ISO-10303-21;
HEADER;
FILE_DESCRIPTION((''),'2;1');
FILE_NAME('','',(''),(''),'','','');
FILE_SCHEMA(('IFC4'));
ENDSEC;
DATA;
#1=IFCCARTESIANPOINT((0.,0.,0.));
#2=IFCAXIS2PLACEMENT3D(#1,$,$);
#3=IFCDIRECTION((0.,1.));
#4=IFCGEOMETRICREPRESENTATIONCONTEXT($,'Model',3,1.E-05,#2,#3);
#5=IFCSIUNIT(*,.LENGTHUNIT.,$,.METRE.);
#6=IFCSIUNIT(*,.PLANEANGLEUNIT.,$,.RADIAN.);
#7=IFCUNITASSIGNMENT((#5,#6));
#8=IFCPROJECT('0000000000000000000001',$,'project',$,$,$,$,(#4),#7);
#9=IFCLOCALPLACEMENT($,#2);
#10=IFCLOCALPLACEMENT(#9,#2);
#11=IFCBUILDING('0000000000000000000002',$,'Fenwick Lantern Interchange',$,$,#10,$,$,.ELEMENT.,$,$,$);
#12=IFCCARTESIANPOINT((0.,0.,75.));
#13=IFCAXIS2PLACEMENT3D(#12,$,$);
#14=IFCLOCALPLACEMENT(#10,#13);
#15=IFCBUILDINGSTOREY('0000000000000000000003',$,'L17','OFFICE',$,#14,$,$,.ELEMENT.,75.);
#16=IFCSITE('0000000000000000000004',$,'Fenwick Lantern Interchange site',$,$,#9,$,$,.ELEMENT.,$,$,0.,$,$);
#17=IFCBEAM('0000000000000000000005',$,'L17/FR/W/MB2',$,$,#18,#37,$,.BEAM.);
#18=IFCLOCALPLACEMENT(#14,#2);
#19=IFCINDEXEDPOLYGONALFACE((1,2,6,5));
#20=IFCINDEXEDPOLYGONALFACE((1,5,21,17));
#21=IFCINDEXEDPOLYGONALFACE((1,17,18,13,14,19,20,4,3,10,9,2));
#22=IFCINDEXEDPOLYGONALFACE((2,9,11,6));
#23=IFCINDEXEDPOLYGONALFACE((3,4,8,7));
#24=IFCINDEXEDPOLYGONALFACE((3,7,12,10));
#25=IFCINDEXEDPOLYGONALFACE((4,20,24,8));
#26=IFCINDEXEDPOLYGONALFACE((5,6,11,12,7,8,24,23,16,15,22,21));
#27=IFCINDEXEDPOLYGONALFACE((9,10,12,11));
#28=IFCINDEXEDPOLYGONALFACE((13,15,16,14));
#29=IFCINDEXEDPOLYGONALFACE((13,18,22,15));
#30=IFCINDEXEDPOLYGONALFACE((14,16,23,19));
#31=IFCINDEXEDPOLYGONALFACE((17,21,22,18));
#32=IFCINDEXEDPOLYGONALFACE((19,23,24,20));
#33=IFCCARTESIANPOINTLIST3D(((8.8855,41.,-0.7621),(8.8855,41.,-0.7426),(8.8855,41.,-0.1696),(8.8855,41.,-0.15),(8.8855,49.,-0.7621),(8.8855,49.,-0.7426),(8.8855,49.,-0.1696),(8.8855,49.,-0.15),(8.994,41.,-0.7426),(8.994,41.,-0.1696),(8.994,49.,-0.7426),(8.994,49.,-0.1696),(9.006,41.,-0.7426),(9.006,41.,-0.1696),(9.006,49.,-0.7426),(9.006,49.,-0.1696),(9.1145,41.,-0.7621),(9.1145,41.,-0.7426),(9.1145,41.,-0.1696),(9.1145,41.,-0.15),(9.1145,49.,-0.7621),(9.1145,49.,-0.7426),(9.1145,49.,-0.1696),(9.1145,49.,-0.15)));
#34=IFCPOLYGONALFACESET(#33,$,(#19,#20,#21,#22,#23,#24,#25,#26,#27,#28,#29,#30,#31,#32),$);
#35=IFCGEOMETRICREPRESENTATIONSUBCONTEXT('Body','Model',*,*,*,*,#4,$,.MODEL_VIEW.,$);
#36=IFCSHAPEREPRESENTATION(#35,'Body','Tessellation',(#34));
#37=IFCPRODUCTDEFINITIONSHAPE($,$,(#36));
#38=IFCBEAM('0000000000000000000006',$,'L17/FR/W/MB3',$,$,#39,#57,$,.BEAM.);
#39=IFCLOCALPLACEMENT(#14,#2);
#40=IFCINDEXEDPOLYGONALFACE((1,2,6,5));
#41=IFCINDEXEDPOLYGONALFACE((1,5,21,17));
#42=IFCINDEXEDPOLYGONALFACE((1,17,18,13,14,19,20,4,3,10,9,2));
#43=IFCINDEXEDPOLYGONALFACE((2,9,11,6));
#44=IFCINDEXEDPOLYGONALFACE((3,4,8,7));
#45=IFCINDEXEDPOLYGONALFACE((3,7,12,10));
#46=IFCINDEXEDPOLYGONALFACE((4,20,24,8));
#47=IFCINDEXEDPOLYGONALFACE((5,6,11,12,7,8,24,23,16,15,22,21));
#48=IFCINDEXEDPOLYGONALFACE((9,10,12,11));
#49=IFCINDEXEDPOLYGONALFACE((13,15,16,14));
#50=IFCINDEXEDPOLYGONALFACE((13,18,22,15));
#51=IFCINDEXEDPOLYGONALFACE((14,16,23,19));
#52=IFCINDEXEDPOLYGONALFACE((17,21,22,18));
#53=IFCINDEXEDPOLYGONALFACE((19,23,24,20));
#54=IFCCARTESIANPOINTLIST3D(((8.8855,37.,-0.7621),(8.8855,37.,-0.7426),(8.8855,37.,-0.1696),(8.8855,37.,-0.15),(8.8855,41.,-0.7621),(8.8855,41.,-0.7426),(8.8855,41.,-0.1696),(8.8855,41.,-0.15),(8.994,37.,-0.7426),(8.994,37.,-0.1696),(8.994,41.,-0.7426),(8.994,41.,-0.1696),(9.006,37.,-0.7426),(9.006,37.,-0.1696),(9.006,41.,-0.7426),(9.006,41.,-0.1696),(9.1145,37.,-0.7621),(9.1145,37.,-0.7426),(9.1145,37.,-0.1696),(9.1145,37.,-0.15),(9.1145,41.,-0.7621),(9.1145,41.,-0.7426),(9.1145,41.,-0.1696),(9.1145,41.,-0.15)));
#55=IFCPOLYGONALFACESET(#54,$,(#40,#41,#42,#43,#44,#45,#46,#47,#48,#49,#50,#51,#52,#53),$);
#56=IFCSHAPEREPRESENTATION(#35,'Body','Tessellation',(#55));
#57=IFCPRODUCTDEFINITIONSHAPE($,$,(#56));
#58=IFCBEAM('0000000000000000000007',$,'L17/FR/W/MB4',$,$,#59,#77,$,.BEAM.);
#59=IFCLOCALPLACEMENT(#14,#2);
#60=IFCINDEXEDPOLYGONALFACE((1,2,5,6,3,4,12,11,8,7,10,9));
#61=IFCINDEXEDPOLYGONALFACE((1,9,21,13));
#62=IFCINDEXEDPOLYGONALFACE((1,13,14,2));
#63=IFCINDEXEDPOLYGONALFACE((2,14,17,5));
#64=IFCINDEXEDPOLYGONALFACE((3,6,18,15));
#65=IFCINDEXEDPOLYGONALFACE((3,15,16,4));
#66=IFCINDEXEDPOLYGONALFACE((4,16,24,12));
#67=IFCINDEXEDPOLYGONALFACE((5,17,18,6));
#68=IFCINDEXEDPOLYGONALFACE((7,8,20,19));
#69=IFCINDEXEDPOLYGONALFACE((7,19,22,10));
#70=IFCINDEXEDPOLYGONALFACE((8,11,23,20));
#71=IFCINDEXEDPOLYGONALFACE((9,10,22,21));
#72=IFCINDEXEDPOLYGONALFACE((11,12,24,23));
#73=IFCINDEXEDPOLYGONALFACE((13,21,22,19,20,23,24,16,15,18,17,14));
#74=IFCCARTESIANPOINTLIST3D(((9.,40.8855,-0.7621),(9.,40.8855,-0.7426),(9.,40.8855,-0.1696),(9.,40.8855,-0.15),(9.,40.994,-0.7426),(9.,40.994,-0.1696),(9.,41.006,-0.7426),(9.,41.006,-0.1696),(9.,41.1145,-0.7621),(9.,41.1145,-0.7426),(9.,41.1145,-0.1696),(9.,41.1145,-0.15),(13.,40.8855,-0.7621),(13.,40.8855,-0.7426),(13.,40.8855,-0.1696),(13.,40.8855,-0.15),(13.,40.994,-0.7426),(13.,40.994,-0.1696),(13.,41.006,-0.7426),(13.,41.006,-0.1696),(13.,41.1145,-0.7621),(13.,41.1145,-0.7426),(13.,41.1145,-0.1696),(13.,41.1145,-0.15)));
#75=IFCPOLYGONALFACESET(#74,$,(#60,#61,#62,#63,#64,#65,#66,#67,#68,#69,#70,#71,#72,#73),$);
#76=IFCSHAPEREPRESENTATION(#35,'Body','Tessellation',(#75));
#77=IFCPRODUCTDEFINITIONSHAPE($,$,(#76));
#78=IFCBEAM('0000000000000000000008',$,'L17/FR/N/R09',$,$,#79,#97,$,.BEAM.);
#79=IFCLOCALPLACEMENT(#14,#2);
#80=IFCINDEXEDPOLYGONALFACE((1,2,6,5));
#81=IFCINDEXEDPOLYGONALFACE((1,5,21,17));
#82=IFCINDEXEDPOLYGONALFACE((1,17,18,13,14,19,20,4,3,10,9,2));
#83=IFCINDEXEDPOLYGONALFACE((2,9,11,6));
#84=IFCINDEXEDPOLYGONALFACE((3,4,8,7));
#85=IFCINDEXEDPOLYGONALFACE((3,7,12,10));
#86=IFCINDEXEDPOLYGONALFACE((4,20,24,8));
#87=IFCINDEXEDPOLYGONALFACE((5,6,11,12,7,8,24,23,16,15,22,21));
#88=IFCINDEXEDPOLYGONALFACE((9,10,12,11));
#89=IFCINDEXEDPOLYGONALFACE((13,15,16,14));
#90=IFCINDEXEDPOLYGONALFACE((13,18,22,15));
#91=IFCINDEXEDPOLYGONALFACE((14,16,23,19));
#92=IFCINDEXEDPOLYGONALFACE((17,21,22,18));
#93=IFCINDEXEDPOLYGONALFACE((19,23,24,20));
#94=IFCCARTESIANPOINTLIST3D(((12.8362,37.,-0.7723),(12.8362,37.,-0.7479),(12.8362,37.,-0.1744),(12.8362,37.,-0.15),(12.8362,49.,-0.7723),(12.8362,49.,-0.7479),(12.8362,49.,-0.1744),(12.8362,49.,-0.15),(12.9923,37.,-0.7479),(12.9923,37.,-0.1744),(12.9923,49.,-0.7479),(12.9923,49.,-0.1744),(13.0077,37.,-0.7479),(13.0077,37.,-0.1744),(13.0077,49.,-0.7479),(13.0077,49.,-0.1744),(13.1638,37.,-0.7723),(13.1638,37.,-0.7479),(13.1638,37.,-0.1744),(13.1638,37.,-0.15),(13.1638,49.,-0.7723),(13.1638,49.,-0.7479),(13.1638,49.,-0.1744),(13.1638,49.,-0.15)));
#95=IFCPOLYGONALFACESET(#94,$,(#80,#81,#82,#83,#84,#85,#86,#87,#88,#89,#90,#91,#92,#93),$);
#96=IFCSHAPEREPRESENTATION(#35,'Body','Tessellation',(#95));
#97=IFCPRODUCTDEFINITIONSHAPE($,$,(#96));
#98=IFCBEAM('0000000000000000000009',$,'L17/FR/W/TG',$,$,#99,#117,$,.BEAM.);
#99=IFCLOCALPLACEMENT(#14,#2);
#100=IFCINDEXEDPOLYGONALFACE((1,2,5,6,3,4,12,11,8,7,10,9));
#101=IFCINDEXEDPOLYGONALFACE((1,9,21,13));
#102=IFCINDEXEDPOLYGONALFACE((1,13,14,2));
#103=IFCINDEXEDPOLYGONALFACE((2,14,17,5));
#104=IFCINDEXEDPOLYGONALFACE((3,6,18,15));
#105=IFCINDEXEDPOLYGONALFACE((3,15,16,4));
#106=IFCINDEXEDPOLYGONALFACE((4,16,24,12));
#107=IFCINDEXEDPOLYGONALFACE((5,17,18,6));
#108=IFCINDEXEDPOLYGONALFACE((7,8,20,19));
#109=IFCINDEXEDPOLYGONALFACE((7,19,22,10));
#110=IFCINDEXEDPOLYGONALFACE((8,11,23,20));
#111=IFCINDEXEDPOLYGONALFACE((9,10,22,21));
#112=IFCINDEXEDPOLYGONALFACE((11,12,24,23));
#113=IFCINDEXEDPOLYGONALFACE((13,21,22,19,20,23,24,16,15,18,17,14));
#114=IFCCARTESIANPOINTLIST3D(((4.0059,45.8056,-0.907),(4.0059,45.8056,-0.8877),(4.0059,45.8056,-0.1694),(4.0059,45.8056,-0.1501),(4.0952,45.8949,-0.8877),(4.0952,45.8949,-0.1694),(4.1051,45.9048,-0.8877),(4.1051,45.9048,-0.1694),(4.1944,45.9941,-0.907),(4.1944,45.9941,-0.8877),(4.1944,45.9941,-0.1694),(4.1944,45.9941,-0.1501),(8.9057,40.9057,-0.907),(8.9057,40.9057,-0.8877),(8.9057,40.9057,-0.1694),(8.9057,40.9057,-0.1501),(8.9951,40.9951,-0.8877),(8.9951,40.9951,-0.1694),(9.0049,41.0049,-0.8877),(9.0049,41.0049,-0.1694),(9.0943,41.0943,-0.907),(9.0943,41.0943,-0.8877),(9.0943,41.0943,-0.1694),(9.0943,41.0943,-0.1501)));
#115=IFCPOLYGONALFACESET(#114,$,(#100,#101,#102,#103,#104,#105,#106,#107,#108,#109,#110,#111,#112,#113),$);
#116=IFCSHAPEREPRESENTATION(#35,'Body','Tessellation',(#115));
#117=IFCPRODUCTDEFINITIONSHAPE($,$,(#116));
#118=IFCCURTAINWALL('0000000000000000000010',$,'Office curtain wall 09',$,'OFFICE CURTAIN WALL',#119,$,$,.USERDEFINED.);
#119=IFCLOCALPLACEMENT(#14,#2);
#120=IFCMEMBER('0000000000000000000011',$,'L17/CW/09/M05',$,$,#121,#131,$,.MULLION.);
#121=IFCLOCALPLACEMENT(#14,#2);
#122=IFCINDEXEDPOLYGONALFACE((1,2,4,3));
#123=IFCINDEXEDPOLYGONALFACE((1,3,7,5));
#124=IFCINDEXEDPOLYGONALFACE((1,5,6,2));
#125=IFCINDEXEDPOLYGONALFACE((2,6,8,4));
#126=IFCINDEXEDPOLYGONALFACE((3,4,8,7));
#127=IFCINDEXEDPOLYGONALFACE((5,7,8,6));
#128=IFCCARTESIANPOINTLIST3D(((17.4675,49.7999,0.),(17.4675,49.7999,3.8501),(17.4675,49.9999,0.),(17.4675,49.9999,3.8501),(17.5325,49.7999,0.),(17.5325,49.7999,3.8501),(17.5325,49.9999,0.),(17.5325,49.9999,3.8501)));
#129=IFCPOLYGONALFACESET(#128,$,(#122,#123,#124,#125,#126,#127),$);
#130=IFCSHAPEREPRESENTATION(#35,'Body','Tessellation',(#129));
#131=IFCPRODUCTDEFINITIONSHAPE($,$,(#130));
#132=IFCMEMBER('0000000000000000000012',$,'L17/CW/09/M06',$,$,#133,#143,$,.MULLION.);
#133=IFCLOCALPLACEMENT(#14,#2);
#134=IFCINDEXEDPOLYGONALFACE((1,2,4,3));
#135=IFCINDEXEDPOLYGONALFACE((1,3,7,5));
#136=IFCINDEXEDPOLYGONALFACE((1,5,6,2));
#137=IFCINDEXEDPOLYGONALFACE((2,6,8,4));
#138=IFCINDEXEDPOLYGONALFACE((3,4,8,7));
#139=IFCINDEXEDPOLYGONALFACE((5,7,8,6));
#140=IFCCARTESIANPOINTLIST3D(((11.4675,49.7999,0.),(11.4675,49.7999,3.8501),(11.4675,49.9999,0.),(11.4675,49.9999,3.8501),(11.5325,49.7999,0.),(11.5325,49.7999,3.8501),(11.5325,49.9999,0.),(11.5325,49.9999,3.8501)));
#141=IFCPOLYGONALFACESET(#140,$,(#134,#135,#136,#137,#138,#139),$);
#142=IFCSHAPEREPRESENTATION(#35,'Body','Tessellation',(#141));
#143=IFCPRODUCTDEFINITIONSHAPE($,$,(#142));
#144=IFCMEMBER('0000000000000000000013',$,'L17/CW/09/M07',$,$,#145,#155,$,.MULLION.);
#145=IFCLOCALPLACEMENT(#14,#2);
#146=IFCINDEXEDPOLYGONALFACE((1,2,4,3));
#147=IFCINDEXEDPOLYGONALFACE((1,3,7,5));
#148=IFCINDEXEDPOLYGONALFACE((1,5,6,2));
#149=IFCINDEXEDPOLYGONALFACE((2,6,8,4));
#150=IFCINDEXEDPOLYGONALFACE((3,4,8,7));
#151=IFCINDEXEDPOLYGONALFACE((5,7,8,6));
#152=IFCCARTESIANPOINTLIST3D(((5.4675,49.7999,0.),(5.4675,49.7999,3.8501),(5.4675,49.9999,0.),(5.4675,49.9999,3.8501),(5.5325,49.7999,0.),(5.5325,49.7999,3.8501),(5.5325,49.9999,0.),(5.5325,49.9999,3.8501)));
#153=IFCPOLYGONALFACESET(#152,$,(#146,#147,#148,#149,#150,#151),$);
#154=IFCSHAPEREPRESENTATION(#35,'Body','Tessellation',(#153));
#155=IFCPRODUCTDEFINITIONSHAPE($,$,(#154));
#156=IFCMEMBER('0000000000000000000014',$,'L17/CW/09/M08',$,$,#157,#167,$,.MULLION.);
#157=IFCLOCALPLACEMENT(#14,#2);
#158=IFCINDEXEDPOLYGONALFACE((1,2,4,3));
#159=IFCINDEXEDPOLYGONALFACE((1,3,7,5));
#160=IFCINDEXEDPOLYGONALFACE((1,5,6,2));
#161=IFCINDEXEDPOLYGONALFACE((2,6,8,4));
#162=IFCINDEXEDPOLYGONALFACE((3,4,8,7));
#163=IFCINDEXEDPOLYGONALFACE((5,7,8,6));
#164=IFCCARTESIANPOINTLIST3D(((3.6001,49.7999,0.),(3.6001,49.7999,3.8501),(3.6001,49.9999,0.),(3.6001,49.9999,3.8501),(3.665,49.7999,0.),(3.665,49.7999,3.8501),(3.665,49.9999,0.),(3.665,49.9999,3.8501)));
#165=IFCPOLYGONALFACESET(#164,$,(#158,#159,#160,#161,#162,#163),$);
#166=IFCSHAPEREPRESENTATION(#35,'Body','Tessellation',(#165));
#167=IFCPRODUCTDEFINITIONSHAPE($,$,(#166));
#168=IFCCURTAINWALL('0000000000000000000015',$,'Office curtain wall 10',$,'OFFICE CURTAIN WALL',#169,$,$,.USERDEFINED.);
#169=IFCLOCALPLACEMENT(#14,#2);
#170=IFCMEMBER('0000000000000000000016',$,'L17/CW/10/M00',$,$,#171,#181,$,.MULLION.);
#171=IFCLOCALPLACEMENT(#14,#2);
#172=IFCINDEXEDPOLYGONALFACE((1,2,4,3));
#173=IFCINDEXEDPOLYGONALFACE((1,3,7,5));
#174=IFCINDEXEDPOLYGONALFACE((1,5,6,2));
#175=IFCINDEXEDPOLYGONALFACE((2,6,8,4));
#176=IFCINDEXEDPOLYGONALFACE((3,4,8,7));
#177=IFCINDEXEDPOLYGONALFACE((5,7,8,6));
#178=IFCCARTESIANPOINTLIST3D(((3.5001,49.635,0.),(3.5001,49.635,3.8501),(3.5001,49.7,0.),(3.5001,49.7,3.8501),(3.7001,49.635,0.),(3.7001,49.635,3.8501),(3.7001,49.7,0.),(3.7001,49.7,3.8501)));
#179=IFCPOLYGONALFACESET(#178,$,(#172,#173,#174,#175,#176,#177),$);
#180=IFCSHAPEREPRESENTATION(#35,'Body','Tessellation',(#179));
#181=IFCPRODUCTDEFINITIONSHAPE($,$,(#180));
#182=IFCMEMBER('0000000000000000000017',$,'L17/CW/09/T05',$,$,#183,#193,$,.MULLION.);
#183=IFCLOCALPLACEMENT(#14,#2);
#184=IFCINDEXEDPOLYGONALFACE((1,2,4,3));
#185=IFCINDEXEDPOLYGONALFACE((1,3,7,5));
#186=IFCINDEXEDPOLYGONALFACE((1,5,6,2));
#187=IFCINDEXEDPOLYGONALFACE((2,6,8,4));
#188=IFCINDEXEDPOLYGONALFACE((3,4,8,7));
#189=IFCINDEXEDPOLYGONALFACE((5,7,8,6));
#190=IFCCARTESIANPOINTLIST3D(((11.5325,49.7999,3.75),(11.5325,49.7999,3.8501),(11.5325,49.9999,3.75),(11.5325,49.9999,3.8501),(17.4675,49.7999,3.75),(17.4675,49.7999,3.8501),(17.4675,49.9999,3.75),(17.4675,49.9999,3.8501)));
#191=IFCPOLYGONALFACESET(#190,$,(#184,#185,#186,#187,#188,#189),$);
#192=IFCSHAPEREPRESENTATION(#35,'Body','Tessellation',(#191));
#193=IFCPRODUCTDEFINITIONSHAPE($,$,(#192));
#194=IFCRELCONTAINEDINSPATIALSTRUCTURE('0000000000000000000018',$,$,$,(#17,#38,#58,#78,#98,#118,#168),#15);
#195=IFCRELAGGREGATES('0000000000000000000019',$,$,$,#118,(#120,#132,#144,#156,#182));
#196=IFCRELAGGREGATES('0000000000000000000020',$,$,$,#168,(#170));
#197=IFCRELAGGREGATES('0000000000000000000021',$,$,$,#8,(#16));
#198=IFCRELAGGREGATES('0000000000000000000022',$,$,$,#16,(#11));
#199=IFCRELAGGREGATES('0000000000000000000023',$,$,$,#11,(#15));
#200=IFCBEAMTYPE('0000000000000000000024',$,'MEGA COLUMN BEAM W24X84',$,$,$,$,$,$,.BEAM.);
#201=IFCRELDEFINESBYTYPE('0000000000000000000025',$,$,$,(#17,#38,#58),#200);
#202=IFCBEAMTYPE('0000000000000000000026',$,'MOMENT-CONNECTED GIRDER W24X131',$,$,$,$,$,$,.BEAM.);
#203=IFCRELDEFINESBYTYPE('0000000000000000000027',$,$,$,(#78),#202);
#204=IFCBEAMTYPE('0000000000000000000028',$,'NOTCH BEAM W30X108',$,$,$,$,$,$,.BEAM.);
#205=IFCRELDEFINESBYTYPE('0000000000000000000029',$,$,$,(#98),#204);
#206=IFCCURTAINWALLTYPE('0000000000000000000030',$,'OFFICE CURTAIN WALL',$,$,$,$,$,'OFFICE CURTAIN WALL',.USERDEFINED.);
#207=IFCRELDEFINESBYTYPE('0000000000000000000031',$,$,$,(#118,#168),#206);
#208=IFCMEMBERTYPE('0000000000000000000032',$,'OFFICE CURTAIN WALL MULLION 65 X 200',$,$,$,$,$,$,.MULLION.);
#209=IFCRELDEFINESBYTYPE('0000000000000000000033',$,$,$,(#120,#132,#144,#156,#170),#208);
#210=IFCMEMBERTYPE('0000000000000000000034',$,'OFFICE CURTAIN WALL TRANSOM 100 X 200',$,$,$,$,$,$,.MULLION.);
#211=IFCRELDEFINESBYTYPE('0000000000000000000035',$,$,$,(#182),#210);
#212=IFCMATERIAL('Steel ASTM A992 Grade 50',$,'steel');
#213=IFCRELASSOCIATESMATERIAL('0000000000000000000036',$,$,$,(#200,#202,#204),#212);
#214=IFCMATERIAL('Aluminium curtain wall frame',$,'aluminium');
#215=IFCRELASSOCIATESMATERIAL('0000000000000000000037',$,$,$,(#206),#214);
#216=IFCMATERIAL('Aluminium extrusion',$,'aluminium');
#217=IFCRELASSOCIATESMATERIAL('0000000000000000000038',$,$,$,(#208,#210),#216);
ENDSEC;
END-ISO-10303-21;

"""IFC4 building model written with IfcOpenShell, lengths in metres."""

from ifc_helpers import new_model, si_unit, direction, frame, origin, origin_2d, place, context, subcontext, project, spatial, rectangle, i_section, extrude, material, material_profile, profile_set, type_object, element, aggregate, save


model = new_model("IFC4")

# Units and contexts
model_context = context("Model", 3, precision=1e-05, world=origin(), true_north=direction((0.0, 1.0)))
body_context = subcontext(model_context, "Body", "Model", "MODEL_VIEW")
ifc_project = project(units=[si_unit("LENGTHUNIT", "METRE"), si_unit("PLANEANGLEUNIT", "RADIAN")], contexts=[model_context])

# Site, building, storey
site_placement = place(None, origin())
site = spatial("IfcSite", under=ifc_project, at=site_placement, Name="Fenwick Lantern Interchange site", CompositionType="ELEMENT", RefElevation=0.0)
building_placement = place(site_placement, origin())
building = spatial("IfcBuilding", under=site, at=building_placement, Name="Fenwick Lantern Interchange", CompositionType="ELEMENT")
storey_placement = place(building_placement, frame((0.0, 0.0, 75.0)))
storey = spatial("IfcBuildingStorey", under=building, at=storey_placement, Name="L17", Description="OFFICE", CompositionType="ELEMENT", Elevation=75.0)

# Beams
ifc_material_1 = material(Name="Steel ASTM A992 Grade 50", Category="steel")
ifc_material_profile_1 = material_profile(ifc_material_1, i_section(OverallWidth=0.229, OverallDepth=0.6121, WebThickness=0.012, FlangeThickness=0.0195, at=origin_2d()), Name="W24X84")
ifc_profile_set_1 = profile_set([ifc_material_profile_1], Name="Steel ASTM A992 Grade 50")
beam_type_1 = type_object("IfcBeamType", Name="MEGA COLUMN BEAM W24X84", PredefinedType="BEAM", material=ifc_profile_set_1)
for number, where, z_axis, x_axis, name in (
    (1, (9.0, 41.0, -0.4561), (0.0, 1.0, 0.0), (-1.0, 0.0, 0.0), "L17/FR/W/MB2"),
):
    element("IfcBeam", number, at=place(storey_placement, frame(where, z_axis=z_axis, x_axis=x_axis)), inside=storey, type_object=beam_type_1, Name=name, PredefinedType="BEAM", context=body_context, shape_type="SweptSolid", body=[
        extrude(i_section(OverallWidth=0.229, OverallDepth=0.6121, WebThickness=0.012, FlangeThickness=0.0195, at=origin_2d()), origin(), (0.0, 0.0, 1.0), 8.0),
    ])
for number, where, z_axis, x_axis, name in (
    (2, (9.0, 41.0, -0.4561), (0.0, -1.0, 0.0), (1.0, 0.0, 0.0), "L17/FR/W/MB3"),
    (3, (9.0, 41.0, -0.4561), (1.0, 0.0, 0.0), (0.0, 1.0, 0.0), "L17/FR/W/MB4"),
):
    element("IfcBeam", number, at=place(storey_placement, frame(where, z_axis=z_axis, x_axis=x_axis)), inside=storey, type_object=beam_type_1, Name=name, PredefinedType="BEAM", context=body_context, shape_type="SweptSolid", body=[
        extrude(i_section(OverallWidth=0.229, OverallDepth=0.6121, WebThickness=0.012, FlangeThickness=0.0195, at=origin_2d()), origin(), (0.0, 0.0, 1.0), 4.0),
    ])
ifc_material_profile_2 = material_profile(ifc_material_1, i_section(OverallWidth=0.3276, OverallDepth=0.6223, WebThickness=0.0154, FlangeThickness=0.0244, at=origin_2d()), Name="W24X131")
ifc_profile_set_2 = profile_set([ifc_material_profile_2], Name="Steel ASTM A992 Grade 50")
beam_type_2 = type_object("IfcBeamType", Name="MOMENT-CONNECTED GIRDER W24X131", PredefinedType="BEAM", material=ifc_profile_set_2)
beam_1_placement = place(storey_placement, frame((13.0, 49.0, -0.4612), z_axis=(0.0, -1.0, 0.0), x_axis=(1.0, 0.0, 0.0)))
element("IfcBeam", 4, at=beam_1_placement, inside=storey, type_object=beam_type_2, Name="L17/FR/N/R09", PredefinedType="BEAM", context=body_context, shape_type="SweptSolid", body=[
    extrude(i_section(OverallWidth=0.3276, OverallDepth=0.6223, WebThickness=0.0154, FlangeThickness=0.0244, at=origin_2d()), origin(), (0.0, 0.0, 1.0), 12.0),
])
ifc_material_profile_3 = material_profile(ifc_material_1, i_section(OverallWidth=0.2666, OverallDepth=0.7568, WebThickness=0.0139, FlangeThickness=0.0193, at=origin_2d()), Name="W30X108")
ifc_profile_set_3 = profile_set([ifc_material_profile_3], Name="Steel ASTM A992 Grade 50")
beam_type_3 = type_object("IfcBeamType", Name="NOTCH BEAM W30X108", PredefinedType="BEAM", material=ifc_profile_set_3)
beam_2_placement = place(storey_placement, frame((9.0, 41.0, -0.5286), z_axis=(-0.707107, 0.707107, 0.0), x_axis=(-0.707107, -0.707107, 0.0)))
element("IfcBeam", 5, at=beam_2_placement, inside=storey, type_object=beam_type_3, Name="L17/FR/W/TG", PredefinedType="BEAM", context=body_context, shape_type="SweptSolid", body=[
    extrude(i_section(OverallWidth=0.2666, OverallDepth=0.7568, WebThickness=0.0139, FlangeThickness=0.0193, at=origin_2d()), origin(), (0.0, 0.0, 1.0), 6.9294),
])

# Curtain wall, members
ifc_material_2 = material(Name="Aluminium curtain wall frame", Category="aluminium")
curtain_wall_type = type_object("IfcCurtainWallType", Name="OFFICE CURTAIN WALL", ElementType="OFFICE CURTAIN WALL", PredefinedType="USERDEFINED", material=ifc_material_2)
curtain_wall_1_placement = place(storey_placement, origin())
curtain_wall_1 = element("IfcCurtainWall", 6, at=curtain_wall_1_placement, inside=storey, type_object=curtain_wall_type, Name="Office curtain wall 09", ObjectType="OFFICE CURTAIN WALL", PredefinedType="USERDEFINED")
ifc_material_3 = material(Name="Aluminium extrusion", Category="aluminium")
ifc_material_profile_4 = material_profile(ifc_material_3, rectangle(XDim=0.2, YDim=0.0649, at=origin_2d()), Name="OFFICE CURTAIN WALL MULLION 65 X 200")
ifc_profile_set_4 = profile_set([ifc_material_profile_4], Name="Aluminium extrusion")
member_type_1 = type_object("IfcMemberType", Name="OFFICE CURTAIN WALL MULLION 65 X 200", PredefinedType="MULLION", material=ifc_profile_set_4)
member_1_placement = place(storey_placement, frame((17.5, 49.8999, 0.0), z_axis=(0.0, 0.0, 1.0), x_axis=(0.0, -1.0, 0.0)))
member_1 = element("IfcMember", 7, at=member_1_placement, type_object=member_type_1, Name="L17/CW/09/M05", PredefinedType="MULLION", context=body_context, shape_type="SweptSolid", body=[
    extrude(rectangle(XDim=0.2, YDim=0.0649, at=origin_2d()), origin(), (0.0, 0.0, 1.0), 3.8501),
])
member_2_placement = place(storey_placement, frame((11.5, 49.8999, 0.0), z_axis=(0.0, 0.0, 1.0), x_axis=(0.0, -1.0, 0.0)))
member_2 = element("IfcMember", 8, at=member_2_placement, type_object=member_type_1, Name="L17/CW/09/M06", PredefinedType="MULLION", context=body_context, shape_type="SweptSolid", body=[
    extrude(rectangle(XDim=0.2, YDim=0.0649, at=origin_2d()), origin(), (0.0, 0.0, 1.0), 3.8501),
])
member_3_placement = place(storey_placement, frame((5.5, 49.8999, 0.0), z_axis=(0.0, 0.0, 1.0), x_axis=(0.0, -1.0, 0.0)))
member_3 = element("IfcMember", 9, at=member_3_placement, type_object=member_type_1, Name="L17/CW/09/M07", PredefinedType="MULLION", context=body_context, shape_type="SweptSolid", body=[
    extrude(rectangle(XDim=0.2, YDim=0.0649, at=origin_2d()), origin(), (0.0, 0.0, 1.0), 3.8501),
])
member_4_placement = place(storey_placement, frame((3.6326, 49.8999, 0.0), z_axis=(0.0, 0.0, 1.0), x_axis=(0.0, -1.0, 0.0)))
member_4 = element("IfcMember", 10, at=member_4_placement, type_object=member_type_1, Name="L17/CW/09/M08", PredefinedType="MULLION", context=body_context, shape_type="SweptSolid", body=[
    extrude(rectangle(XDim=0.2, YDim=0.0649, at=origin_2d()), origin(), (0.0, 0.0, 1.0), 3.8501),
])

# Curtain wall, member
curtain_wall_2_placement = place(storey_placement, origin())
curtain_wall_2 = element("IfcCurtainWall", 11, at=curtain_wall_2_placement, inside=storey, type_object=curtain_wall_type, Name="Office curtain wall 10", ObjectType="OFFICE CURTAIN WALL", PredefinedType="USERDEFINED")
member_5_placement = place(storey_placement, frame((3.6001, 49.6675, 0.0), z_axis=(0.0, 0.0, 1.0), x_axis=(1.0, 0.0, 0.0)))
member_5 = element("IfcMember", 12, at=member_5_placement, type_object=member_type_1, Name="L17/CW/10/M00", PredefinedType="MULLION", context=body_context, shape_type="SweptSolid", body=[
    extrude(rectangle(XDim=0.2, YDim=0.0649, at=origin_2d()), origin(), (0.0, 0.0, 1.0), 3.8501),
])

# Member
ifc_material_profile_5 = material_profile(ifc_material_3, rectangle(XDim=0.2, YDim=0.1001, at=origin_2d()), Name="OFFICE CURTAIN WALL TRANSOM 100 X 200")
ifc_profile_set_5 = profile_set([ifc_material_profile_5], Name="Aluminium extrusion")
member_type_2 = type_object("IfcMemberType", Name="OFFICE CURTAIN WALL TRANSOM 100 X 200", PredefinedType="MULLION", material=ifc_profile_set_5)
member_6_placement = place(storey_placement, frame((17.4675, 49.8999, 3.8), z_axis=(-1.0, 0.0, 0.0), x_axis=(0.0, -1.0, 0.0)))
member_6 = element("IfcMember", 13, at=member_6_placement, type_object=member_type_2, Name="L17/CW/09/T05", PredefinedType="MULLION", context=body_context, shape_type="SweptSolid", body=[
    extrude(rectangle(XDim=0.2, YDim=0.1001, at=origin_2d()), origin(), (0.0, 0.0, 1.0), 5.9351),
])

aggregate(curtain_wall_1, [member_1, member_2, member_3, member_4, member_6])
aggregate(curtain_wall_2, [member_5])

save(model, "model.ifc")
